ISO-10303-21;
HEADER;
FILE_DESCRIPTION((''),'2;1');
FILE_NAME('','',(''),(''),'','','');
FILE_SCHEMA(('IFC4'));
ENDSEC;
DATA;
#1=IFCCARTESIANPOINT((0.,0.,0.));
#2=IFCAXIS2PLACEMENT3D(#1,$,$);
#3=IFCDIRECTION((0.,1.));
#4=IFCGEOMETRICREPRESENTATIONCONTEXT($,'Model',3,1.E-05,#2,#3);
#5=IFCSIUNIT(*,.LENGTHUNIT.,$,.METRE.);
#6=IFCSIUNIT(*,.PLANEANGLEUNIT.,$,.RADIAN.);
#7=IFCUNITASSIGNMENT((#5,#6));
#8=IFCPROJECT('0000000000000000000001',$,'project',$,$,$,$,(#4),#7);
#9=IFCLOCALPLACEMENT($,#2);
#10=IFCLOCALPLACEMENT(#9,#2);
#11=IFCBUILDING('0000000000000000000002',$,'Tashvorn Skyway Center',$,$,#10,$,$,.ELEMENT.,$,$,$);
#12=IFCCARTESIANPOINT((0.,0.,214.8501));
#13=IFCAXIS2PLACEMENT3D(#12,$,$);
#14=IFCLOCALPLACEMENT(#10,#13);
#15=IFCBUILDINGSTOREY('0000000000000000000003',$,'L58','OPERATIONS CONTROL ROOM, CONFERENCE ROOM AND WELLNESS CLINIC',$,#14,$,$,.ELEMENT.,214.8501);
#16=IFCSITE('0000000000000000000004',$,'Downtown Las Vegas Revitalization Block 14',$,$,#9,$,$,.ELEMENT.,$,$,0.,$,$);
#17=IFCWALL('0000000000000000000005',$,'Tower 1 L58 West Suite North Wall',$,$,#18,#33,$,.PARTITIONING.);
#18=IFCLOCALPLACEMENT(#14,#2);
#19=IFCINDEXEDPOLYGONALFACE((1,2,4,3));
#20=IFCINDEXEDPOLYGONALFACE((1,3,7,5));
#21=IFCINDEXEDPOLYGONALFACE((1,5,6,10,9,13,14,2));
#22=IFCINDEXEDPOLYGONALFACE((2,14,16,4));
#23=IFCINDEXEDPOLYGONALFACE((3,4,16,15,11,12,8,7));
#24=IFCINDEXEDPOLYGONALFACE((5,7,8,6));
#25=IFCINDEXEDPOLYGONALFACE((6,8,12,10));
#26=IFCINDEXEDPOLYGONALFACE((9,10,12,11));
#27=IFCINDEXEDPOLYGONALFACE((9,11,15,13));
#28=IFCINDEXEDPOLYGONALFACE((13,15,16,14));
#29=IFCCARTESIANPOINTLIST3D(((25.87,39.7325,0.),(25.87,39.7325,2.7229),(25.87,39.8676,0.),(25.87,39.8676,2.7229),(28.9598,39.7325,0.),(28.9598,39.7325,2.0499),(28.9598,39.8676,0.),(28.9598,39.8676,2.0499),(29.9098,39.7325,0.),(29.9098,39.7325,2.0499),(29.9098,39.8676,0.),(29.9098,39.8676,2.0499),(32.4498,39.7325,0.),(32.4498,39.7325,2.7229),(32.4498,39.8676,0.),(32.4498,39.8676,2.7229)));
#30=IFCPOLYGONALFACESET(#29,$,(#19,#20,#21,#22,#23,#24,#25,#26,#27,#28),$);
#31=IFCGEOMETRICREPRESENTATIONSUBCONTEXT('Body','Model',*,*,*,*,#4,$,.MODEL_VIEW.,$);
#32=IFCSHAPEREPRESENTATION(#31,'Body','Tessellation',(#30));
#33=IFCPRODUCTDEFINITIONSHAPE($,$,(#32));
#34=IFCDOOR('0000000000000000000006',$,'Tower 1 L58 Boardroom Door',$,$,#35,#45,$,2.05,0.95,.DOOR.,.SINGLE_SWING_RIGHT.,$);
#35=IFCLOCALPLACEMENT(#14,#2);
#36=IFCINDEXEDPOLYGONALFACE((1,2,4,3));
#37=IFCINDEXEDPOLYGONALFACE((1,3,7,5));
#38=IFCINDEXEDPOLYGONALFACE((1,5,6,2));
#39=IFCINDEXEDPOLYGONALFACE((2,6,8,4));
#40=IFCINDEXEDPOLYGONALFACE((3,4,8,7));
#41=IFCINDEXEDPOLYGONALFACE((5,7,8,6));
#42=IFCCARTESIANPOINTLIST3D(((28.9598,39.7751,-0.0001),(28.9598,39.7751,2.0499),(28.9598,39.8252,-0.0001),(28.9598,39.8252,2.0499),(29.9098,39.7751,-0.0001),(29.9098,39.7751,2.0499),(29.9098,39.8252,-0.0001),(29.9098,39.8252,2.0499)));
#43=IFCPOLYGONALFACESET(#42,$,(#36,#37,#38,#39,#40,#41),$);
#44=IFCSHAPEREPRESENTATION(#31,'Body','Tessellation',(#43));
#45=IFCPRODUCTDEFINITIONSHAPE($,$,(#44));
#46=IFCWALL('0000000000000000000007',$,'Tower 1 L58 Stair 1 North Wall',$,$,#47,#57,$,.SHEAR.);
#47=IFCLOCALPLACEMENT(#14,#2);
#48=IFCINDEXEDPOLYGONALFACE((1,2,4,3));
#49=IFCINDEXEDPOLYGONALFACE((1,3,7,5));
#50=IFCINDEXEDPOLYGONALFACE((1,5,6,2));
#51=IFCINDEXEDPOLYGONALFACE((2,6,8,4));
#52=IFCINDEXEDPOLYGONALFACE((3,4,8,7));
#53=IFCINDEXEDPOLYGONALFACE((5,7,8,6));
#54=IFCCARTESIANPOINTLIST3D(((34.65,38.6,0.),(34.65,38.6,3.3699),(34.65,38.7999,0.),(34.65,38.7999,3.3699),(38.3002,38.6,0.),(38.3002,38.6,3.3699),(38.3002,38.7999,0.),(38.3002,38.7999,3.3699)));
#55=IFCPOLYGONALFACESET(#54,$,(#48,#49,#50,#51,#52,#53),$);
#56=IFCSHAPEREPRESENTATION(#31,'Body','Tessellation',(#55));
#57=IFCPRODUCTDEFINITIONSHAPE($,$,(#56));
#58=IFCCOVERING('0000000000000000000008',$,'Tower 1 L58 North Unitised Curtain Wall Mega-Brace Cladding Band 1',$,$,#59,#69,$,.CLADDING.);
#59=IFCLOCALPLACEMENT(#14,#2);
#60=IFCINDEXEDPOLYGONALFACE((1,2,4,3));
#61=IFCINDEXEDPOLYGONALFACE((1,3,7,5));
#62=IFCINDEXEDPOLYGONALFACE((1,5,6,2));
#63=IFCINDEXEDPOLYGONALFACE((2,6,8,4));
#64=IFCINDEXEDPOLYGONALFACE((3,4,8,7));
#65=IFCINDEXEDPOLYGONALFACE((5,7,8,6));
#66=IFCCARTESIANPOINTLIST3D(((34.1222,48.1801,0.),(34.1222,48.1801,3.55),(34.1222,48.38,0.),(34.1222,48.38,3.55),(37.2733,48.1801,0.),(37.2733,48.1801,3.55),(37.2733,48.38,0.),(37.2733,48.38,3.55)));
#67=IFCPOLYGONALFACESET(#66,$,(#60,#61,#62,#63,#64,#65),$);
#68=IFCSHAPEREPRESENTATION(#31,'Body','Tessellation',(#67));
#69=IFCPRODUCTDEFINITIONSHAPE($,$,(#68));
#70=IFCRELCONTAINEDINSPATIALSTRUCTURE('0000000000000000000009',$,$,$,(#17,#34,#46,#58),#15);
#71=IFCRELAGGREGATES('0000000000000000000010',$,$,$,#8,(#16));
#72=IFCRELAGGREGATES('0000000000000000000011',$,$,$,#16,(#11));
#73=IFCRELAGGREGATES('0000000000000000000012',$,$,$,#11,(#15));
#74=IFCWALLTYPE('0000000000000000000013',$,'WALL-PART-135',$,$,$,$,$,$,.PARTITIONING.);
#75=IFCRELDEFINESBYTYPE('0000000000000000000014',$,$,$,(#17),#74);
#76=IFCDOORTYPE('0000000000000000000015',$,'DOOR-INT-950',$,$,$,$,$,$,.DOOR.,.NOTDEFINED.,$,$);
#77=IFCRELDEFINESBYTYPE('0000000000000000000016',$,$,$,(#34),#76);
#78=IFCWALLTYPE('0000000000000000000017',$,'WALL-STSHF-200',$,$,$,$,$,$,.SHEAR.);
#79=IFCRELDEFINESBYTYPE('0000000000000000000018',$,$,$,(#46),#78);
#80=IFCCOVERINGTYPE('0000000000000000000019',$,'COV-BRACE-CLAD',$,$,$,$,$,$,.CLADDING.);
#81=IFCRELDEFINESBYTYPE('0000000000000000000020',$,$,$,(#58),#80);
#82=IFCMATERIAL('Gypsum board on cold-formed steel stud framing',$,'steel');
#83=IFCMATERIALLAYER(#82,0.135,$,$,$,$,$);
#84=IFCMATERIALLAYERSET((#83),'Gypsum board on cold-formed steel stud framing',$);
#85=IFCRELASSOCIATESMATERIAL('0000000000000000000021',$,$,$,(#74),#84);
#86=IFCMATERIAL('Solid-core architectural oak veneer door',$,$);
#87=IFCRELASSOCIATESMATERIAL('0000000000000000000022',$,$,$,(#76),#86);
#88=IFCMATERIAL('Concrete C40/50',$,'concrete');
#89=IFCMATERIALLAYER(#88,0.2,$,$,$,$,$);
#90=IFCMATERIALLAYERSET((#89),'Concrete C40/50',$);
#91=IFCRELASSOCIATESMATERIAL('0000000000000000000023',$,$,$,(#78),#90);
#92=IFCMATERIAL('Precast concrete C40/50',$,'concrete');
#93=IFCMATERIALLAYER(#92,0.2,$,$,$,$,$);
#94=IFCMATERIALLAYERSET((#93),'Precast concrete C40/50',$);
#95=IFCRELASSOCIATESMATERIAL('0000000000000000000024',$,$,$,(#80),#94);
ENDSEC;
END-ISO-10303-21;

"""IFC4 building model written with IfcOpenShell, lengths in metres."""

from ifc_helpers import new_model, si_unit, direction, frame, frame_2d, origin, origin_2d, place, context, subcontext, project, spatial, rectangle, extrude, material, layer, layer_set, type_object, element, fill, save


model = new_model("IFC4")

# Units and contexts
model_context = context("Model", 3, precision=1e-05, world=origin(), true_north=direction((0.0, 1.0)))
body_context = subcontext(model_context, "Body", "Model", "MODEL_VIEW")
ifc_project = project(units=[si_unit("LENGTHUNIT", "METRE"), si_unit("PLANEANGLEUNIT", "RADIAN")], contexts=[model_context])

# Site, building, storey
site_placement = place(None, origin())
site = spatial("IfcSite", under=ifc_project, at=site_placement, Name="Downtown Las Vegas Revitalization Block 14", CompositionType="ELEMENT", RefElevation=0.0)
building_placement = place(site_placement, origin())
building = spatial("IfcBuilding", under=site, at=building_placement, Name="Tashvorn Skyway Center", CompositionType="ELEMENT")
storey_placement = place(building_placement, frame((0.0, 0.0, 214.8501)))
storey = spatial("IfcBuildingStorey", under=building, at=storey_placement, Name="L58", Description="OPERATIONS CONTROL ROOM, CONFERENCE ROOM AND WELLNESS CLINIC", CompositionType="ELEMENT", Elevation=214.8501)

# Shared definitions
ifc_material_1 = material(Name="Gypsum board on cold-formed steel stud framing", Category="steel")
ifc_layer_1 = layer(ifc_material_1, 0.135)
ifc_layer_set_1 = layer_set([ifc_layer_1], Name="Gypsum board on cold-formed steel stud framing")
wall_type_1 = type_object("IfcWallType", Name="WALL-PART-135", PredefinedType="PARTITIONING", material=ifc_layer_set_1)
ifc_material_2 = material(Name="Solid-core architectural oak veneer door")
door_type_1 = type_object("IfcDoorType", Name="DOOR-INT-950", OperationType="NOTDEFINED", PredefinedType="DOOR", material=ifc_material_2)

# Wall, opening, door
wall_1_placement = place(storey_placement, frame((32.45, 39.8, 0.0), z_axis=(0.0, 0.0, 1.0), x_axis=(-1.0, 0.0, 0.0)))
wall_1 = element("IfcWall", 1, at=wall_1_placement, inside=storey, type_object=wall_type_1, Name="Tower 1 L58 West Suite North Wall", PredefinedType="PARTITIONING", context=body_context, shape_type="SweptSolid", body=[
    extrude(rectangle(XDim=6.5798, YDim=0.135, at=frame_2d((3.29, 0.0))), origin(), (0.0, 0.0, 1.0), 2.7229),
])
opening_1_placement = place(wall_1_placement, frame((2.54, 0.0, 0.0)))
opening_1 = element("IfcOpeningElement", 2, at=opening_1_placement, cuts=wall_1, PredefinedType="OPENING", context=body_context, shape_type="SweptSolid", body=[
    extrude(rectangle(XDim=0.95, YDim=2.05, at=frame_2d((0.4751, 1.0249))), frame((0.0, 0.0774, 0.0), z_axis=(0.0, -1.0, 0.0), x_axis=(1.0, 0.0, 0.0)), (0.0, 0.0, 1.0), 0.155),
])
door_1_placement = place(opening_1_placement, origin())
door_1 = element("IfcDoor", 3, at=door_1_placement, inside=storey, type_object=door_type_1, Name="Tower 1 L58 Boardroom Door", OperationType="SINGLE_SWING_RIGHT", OverallHeight=2.05, OverallWidth=0.95, PredefinedType="DOOR", context=body_context, shape_type="SweptSolid", body=[
    extrude(rectangle(XDim=0.95, YDim=2.05, at=frame_2d((0.4751, 1.0249))), frame((0.0, 0.0249, 0.0), z_axis=(0.0, -1.0, 0.0), x_axis=(1.0, 0.0, 0.0)), (0.0, 0.0, 1.0), 0.05),
])
fill(opening_1, door_1)

# Wall
ifc_material_3 = material(Name="Concrete C40/50", Category="concrete")
ifc_layer_2 = layer(ifc_material_3, 0.2)
ifc_layer_set_2 = layer_set([ifc_layer_2], Name="Concrete C40/50")
wall_type_2 = type_object("IfcWallType", Name="WALL-STSHF-200", PredefinedType="SHEAR", material=ifc_layer_set_2)
wall_2_placement = place(storey_placement, frame((34.6499, 38.7, 0.0), z_axis=(0.0, 0.0, 1.0), x_axis=(1.0, 0.0, 0.0)))
element("IfcWall", 4, at=wall_2_placement, inside=storey, type_object=wall_type_2, Name="Tower 1 L58 Stair 1 North Wall", PredefinedType="SHEAR", context=body_context, shape_type="SweptSolid", body=[
    extrude(rectangle(XDim=3.6501, YDim=0.2, at=frame_2d((1.8252, 0.0))), origin(), (0.0, 0.0, 1.0), 3.3699),
])

# Covering
ifc_material_4 = material(Name="Precast concrete C40/50", Category="concrete")
ifc_layer_3 = layer(ifc_material_4, 0.2)
ifc_layer_set_3 = layer_set([ifc_layer_3], Name="Precast concrete C40/50")
covering_type = type_object("IfcCoveringType", Name="COV-BRACE-CLAD", PredefinedType="CLADDING", material=ifc_layer_set_3)
covering_placement = place(storey_placement, frame((35.6978, 48.28, 0.0), z_axis=(0.0, 0.0, 1.0), x_axis=(1.0, 0.0, 0.0)))
element("IfcCovering", 5, at=covering_placement, inside=storey, type_object=covering_type, Name="Tower 1 L58 North Unitised Curtain Wall Mega-Brace Cladding Band 1", PredefinedType="CLADDING", context=body_context, shape_type="SweptSolid", body=[
    extrude(rectangle(XDim=3.1511, YDim=0.2, at=origin_2d()), origin(), (0.0, 0.0, 1.0), 3.55),
])

save(model, "model.ifc")
